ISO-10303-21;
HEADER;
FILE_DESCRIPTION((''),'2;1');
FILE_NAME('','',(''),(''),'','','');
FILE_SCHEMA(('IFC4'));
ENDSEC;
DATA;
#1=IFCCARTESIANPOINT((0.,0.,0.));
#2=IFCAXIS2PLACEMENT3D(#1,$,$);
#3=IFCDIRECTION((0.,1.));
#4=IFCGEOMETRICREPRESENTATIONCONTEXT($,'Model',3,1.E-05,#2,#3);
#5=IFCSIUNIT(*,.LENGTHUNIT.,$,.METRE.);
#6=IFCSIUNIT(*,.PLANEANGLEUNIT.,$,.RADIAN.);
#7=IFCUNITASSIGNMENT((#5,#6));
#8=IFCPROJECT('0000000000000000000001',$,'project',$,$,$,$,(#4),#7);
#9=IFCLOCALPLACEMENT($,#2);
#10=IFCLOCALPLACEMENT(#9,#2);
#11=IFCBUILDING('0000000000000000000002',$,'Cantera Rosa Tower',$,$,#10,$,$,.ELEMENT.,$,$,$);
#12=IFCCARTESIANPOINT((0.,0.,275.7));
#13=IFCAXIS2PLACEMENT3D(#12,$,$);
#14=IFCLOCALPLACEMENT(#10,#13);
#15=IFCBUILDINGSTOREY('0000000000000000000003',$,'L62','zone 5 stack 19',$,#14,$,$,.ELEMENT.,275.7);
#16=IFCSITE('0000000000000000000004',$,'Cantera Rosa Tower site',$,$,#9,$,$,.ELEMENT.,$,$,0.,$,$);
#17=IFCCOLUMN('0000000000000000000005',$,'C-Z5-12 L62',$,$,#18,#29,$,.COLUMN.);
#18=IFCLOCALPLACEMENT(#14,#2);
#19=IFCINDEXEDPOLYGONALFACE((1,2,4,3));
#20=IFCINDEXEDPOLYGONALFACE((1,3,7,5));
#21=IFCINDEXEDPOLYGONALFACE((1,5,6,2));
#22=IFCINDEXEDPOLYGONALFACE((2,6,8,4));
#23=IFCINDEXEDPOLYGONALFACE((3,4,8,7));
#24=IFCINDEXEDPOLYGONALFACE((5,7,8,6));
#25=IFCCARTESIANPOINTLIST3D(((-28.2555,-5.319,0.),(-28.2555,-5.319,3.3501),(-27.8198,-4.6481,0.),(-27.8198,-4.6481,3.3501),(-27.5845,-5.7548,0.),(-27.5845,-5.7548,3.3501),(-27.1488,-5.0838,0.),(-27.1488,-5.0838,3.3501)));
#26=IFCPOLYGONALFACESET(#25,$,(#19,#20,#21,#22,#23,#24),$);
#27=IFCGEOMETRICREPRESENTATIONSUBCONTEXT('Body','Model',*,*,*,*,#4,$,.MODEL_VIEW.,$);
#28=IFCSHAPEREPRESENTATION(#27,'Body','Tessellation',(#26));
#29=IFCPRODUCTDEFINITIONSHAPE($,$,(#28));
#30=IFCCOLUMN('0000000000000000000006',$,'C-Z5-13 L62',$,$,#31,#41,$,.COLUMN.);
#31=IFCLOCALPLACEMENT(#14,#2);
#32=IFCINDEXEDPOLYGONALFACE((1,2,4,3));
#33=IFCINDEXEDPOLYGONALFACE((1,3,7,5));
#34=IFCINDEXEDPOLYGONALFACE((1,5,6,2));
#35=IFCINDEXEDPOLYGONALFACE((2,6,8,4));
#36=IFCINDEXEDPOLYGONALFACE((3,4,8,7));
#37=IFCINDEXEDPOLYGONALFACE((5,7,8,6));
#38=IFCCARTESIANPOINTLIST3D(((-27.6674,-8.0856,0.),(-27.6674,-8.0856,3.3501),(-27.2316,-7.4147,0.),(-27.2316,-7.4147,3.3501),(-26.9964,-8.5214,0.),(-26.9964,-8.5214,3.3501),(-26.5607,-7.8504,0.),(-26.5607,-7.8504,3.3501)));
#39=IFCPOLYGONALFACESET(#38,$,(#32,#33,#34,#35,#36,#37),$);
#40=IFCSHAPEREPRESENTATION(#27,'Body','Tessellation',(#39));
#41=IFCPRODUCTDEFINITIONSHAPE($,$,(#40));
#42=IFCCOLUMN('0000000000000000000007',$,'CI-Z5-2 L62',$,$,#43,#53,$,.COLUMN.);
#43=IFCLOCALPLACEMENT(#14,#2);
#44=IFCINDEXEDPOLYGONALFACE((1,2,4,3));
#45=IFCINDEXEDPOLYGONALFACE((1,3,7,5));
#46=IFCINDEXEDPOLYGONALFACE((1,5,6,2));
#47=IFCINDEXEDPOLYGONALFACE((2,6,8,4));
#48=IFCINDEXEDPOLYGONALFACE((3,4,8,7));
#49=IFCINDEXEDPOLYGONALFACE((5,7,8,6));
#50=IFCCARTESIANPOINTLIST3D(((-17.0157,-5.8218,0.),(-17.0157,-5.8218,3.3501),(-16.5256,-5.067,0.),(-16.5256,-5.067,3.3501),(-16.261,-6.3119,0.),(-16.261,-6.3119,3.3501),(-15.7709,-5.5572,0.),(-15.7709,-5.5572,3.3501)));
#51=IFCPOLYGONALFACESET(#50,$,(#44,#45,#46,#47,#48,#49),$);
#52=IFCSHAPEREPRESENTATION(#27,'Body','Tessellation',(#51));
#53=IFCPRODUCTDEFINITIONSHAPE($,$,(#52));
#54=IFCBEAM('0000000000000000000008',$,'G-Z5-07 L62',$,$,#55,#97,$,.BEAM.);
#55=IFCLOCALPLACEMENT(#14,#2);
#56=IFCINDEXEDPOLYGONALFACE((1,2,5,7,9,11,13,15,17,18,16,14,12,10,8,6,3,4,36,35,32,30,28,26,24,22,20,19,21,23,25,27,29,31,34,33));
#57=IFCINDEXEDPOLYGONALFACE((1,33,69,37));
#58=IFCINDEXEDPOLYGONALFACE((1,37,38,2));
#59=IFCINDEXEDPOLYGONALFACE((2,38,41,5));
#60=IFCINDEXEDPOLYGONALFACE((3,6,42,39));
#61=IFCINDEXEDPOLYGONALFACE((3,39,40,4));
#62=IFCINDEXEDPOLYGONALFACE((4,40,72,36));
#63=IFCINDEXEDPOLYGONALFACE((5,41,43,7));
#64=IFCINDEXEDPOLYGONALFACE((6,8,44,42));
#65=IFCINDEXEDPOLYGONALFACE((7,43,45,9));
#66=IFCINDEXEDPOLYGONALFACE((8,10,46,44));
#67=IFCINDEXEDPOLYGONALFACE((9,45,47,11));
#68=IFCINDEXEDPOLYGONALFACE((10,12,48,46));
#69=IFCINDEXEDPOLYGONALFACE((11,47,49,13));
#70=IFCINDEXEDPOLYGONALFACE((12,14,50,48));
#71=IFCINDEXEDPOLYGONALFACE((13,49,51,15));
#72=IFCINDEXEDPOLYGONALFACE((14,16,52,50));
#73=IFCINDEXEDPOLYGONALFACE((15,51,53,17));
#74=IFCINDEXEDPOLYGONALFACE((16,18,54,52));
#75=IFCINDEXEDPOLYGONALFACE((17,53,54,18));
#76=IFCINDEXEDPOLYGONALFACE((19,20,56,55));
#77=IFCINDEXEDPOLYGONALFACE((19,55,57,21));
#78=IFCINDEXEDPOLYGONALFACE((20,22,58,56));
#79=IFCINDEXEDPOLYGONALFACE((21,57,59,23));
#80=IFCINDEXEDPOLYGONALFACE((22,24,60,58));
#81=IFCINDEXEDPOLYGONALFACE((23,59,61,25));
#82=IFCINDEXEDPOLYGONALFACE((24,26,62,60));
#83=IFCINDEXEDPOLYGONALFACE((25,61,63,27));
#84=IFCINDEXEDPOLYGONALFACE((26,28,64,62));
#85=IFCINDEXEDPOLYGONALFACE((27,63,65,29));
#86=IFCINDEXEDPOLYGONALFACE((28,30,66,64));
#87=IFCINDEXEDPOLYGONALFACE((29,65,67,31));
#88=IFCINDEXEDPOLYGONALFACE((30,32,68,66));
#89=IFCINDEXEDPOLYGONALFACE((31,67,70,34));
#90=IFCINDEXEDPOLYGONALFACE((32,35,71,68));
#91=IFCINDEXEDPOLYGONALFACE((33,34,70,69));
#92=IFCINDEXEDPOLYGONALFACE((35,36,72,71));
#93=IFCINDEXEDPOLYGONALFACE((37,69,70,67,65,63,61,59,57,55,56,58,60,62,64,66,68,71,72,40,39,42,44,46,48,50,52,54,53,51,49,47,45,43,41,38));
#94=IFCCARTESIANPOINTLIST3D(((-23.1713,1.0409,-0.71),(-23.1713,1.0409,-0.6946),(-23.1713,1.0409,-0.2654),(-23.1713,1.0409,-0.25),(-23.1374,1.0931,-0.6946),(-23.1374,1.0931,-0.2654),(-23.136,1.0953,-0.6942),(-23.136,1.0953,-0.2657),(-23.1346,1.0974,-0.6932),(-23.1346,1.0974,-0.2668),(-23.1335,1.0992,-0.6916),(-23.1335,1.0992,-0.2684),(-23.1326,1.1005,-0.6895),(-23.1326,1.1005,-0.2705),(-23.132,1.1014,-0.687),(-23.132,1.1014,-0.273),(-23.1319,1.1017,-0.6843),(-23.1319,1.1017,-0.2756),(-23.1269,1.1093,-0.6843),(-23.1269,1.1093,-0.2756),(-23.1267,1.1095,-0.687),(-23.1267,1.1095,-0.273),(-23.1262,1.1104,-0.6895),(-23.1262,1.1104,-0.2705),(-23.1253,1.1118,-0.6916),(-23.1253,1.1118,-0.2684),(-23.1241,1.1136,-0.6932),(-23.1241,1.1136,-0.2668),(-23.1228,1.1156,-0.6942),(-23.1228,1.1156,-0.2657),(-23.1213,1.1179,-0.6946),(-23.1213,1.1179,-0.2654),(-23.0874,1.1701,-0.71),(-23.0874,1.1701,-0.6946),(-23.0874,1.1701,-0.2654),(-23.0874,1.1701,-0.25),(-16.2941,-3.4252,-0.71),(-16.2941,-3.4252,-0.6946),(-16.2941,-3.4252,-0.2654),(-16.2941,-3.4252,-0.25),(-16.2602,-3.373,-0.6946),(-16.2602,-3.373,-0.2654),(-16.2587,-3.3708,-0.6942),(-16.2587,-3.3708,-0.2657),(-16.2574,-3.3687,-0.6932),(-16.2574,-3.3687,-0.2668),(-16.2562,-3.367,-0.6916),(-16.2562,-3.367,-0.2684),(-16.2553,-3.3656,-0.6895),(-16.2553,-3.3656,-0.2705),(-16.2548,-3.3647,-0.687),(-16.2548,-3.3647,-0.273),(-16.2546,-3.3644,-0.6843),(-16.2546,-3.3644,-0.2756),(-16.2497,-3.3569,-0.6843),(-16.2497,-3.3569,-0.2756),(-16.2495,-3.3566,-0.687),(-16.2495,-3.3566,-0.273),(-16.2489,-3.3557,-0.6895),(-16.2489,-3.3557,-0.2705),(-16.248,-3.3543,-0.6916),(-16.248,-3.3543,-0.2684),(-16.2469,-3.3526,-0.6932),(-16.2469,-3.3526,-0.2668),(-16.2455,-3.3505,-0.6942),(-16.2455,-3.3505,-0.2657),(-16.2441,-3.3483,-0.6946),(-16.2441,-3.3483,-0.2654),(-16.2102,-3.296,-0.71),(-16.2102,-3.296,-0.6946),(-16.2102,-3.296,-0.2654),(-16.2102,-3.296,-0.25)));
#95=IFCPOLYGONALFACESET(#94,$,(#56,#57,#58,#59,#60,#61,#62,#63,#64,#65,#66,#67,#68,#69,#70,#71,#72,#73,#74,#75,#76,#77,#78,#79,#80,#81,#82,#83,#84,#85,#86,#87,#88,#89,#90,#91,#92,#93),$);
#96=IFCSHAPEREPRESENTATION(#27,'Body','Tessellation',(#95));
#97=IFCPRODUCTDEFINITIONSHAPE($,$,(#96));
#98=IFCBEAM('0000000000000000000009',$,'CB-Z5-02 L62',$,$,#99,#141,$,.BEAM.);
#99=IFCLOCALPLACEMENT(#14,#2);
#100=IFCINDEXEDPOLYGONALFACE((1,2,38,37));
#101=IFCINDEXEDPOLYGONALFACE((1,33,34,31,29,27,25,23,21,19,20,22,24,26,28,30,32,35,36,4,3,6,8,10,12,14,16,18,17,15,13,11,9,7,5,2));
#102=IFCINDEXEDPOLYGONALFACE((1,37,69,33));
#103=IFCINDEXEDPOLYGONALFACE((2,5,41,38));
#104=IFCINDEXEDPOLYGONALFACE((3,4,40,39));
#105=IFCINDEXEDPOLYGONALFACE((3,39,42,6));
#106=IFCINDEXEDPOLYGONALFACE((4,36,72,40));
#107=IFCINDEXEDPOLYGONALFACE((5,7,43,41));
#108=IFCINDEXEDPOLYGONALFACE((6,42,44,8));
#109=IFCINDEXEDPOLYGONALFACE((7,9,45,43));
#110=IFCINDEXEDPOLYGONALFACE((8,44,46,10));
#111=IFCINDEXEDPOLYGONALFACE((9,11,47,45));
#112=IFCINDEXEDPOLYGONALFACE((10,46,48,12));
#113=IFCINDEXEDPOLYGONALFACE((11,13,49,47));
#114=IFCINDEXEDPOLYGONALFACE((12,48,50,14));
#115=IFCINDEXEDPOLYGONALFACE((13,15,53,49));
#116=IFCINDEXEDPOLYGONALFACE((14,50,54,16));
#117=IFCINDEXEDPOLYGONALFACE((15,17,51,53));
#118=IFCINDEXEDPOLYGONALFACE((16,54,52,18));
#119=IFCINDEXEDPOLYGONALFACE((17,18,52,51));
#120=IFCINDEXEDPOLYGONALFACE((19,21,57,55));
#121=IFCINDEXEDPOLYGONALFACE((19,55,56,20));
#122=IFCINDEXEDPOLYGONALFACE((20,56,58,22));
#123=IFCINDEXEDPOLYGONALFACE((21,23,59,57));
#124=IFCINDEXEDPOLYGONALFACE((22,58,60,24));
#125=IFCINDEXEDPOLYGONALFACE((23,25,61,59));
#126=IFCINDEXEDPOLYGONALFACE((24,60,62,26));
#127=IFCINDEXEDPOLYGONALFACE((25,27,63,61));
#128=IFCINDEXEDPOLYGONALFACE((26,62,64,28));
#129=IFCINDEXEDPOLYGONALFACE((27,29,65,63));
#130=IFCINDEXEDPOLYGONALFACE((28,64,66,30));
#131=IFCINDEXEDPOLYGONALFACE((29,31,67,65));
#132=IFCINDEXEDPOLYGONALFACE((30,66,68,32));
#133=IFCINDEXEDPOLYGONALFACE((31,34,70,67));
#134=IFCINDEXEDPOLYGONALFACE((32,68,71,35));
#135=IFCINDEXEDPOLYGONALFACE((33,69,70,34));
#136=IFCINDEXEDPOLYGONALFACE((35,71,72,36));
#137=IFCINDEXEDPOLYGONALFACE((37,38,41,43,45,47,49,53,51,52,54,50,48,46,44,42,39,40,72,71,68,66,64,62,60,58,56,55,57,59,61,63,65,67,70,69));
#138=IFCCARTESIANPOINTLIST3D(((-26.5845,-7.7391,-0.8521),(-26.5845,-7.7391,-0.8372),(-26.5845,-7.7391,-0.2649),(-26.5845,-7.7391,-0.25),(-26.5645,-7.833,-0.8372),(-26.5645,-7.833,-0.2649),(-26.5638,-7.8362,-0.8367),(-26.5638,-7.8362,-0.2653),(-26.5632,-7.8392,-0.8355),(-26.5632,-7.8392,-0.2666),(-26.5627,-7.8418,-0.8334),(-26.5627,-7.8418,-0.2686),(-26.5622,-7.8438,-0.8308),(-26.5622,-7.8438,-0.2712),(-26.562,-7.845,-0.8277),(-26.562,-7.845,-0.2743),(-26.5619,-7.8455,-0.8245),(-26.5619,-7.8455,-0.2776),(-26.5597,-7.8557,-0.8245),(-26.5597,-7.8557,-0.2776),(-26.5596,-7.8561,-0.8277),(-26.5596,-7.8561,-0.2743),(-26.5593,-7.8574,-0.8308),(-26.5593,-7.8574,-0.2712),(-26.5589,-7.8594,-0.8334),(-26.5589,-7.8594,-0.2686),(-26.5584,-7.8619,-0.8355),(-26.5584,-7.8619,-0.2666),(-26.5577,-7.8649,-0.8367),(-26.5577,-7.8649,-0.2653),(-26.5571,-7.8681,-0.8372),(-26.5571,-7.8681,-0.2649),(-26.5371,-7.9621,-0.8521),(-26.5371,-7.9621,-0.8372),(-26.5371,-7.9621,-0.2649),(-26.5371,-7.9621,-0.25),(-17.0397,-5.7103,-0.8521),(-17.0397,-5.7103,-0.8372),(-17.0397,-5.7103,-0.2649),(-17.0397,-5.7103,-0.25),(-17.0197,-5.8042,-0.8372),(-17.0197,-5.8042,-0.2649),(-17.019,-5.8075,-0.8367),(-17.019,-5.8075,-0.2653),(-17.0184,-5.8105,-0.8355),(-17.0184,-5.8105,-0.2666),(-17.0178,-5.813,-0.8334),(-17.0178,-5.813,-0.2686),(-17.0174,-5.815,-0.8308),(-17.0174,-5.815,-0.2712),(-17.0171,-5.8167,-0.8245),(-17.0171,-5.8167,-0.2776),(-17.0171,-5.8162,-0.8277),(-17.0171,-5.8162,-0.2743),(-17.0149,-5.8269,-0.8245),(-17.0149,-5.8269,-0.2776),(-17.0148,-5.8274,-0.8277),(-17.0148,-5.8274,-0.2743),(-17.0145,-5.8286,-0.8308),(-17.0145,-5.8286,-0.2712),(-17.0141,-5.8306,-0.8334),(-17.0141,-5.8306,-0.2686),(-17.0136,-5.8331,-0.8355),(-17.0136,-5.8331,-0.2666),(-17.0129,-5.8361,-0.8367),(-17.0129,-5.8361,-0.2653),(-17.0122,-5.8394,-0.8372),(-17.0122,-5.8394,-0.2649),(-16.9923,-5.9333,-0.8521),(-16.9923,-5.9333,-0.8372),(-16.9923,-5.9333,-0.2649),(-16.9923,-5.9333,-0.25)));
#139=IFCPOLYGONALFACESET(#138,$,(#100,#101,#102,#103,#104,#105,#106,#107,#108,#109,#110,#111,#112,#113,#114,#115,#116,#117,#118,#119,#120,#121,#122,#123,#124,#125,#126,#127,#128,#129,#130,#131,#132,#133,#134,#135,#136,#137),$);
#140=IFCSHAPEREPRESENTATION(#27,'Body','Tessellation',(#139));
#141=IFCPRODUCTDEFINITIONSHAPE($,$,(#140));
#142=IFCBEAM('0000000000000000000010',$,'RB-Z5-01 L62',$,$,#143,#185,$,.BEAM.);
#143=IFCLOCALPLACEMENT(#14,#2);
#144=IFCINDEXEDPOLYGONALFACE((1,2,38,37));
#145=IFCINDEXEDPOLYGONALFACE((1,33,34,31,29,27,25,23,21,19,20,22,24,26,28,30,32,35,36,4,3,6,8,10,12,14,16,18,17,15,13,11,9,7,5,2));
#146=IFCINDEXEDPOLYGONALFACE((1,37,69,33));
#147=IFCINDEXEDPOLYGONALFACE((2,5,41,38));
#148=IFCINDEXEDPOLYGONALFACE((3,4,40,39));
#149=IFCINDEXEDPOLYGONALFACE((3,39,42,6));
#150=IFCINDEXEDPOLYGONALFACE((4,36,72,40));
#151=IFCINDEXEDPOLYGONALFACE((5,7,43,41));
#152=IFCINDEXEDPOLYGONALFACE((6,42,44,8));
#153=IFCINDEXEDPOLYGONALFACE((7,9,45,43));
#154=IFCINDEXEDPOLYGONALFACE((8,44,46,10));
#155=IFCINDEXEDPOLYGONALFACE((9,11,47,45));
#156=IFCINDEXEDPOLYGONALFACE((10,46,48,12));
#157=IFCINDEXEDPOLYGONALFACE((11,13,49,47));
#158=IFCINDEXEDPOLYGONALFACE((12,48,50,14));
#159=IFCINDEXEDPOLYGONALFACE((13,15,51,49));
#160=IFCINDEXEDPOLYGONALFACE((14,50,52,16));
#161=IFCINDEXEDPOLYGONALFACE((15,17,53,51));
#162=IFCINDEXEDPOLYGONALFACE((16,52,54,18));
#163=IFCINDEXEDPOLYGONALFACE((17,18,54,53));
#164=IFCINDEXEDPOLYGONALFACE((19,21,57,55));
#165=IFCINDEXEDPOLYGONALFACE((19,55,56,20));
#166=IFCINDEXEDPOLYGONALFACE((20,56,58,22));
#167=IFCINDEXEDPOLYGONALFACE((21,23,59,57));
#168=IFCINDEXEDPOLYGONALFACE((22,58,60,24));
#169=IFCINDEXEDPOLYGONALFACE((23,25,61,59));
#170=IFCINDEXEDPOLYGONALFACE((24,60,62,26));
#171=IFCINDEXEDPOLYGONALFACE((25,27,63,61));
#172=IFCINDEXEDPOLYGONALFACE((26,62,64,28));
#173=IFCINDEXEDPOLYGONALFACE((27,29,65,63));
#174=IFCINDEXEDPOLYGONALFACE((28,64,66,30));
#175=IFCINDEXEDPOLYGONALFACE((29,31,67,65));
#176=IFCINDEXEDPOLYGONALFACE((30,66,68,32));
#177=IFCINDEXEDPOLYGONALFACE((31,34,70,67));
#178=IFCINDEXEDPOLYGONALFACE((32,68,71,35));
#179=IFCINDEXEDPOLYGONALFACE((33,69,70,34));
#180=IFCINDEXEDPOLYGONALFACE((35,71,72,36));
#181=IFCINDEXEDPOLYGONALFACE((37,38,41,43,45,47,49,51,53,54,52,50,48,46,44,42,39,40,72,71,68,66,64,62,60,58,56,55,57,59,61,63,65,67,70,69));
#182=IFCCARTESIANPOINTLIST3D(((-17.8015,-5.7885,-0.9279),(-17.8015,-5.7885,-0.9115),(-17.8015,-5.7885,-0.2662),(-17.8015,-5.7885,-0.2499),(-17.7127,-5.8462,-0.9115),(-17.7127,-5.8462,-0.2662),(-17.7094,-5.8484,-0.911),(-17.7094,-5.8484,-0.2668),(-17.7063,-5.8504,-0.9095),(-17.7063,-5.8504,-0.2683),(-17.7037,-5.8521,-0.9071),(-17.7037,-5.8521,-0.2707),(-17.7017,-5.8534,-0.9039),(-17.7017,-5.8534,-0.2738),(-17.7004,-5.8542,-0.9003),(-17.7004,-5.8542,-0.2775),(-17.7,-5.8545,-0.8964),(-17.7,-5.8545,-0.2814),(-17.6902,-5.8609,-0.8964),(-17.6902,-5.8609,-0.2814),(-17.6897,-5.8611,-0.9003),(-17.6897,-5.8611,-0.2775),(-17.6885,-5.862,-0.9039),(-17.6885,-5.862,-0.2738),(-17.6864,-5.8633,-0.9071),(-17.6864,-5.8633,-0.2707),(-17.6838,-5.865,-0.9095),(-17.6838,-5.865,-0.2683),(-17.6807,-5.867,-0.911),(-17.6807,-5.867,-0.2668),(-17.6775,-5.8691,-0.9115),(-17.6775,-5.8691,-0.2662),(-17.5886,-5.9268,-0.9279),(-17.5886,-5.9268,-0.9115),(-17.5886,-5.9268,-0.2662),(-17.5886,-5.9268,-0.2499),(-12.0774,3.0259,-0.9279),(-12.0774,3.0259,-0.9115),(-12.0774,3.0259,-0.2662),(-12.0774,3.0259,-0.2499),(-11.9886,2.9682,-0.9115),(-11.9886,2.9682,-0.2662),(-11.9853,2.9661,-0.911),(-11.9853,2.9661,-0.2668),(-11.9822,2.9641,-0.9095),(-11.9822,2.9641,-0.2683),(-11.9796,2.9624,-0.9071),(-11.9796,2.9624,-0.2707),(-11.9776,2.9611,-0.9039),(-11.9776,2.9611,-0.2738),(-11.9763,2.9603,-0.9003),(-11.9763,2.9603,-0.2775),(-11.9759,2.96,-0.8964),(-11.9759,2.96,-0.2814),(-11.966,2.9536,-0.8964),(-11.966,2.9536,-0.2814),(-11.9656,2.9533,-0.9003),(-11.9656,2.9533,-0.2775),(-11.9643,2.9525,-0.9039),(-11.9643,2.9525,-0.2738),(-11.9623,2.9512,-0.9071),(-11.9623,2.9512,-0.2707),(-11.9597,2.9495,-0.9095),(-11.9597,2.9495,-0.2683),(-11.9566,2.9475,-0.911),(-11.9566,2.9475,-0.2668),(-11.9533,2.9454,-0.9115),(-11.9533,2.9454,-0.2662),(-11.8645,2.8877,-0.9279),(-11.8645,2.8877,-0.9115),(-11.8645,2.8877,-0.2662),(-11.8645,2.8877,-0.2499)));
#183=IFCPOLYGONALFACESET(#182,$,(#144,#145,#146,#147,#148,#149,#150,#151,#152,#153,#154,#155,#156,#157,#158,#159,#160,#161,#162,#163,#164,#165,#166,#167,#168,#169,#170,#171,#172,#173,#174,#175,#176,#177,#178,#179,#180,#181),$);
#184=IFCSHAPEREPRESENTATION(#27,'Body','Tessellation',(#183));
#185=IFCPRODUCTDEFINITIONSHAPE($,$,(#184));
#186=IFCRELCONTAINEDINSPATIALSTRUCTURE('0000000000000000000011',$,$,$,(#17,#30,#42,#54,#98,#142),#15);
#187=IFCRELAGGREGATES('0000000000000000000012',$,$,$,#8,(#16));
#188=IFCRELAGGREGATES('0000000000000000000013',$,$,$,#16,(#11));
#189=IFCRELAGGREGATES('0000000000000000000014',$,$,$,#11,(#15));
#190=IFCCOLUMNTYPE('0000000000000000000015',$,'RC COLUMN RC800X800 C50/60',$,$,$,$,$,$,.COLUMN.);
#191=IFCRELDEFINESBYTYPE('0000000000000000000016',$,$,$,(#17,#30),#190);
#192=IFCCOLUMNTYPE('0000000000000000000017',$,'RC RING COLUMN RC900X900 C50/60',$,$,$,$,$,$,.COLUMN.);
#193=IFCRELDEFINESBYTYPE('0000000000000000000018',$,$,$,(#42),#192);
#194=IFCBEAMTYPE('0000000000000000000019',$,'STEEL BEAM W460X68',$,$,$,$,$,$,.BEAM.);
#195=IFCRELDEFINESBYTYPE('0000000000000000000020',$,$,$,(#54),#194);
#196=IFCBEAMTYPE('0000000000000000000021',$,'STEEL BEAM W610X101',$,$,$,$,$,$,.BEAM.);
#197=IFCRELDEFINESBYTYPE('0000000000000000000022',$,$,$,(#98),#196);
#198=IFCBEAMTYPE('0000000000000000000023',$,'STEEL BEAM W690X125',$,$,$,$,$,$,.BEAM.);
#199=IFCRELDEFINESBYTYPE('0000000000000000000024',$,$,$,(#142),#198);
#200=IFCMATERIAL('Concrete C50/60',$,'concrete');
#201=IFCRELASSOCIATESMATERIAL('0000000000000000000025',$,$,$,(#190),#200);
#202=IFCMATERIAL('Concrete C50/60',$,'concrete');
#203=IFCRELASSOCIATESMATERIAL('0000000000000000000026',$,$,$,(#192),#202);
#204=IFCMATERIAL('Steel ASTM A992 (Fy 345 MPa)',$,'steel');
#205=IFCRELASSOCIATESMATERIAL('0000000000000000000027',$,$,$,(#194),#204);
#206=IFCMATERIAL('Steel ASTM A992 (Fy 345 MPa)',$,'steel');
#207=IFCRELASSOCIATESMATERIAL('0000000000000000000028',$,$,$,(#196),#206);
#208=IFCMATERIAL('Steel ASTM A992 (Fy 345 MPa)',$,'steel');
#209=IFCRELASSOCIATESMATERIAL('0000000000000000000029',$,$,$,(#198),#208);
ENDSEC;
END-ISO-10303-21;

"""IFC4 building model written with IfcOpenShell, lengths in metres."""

from ifc_helpers import new_model, si_unit, direction, frame, origin, origin_2d, place, context, subcontext, project, spatial, rectangle, i_section, extrude, material, material_profile, profile_set, type_object, element, save


model = new_model("IFC4")

# Units and contexts
model_context = context("Model", 3, precision=1e-05, world=origin(), true_north=direction((0.0, 1.0)))
body_context = subcontext(model_context, "Body", "Model", "MODEL_VIEW")
ifc_project = project(units=[si_unit("LENGTHUNIT", "METRE"), si_unit("PLANEANGLEUNIT", "RADIAN")], contexts=[model_context])

# Site, building, storey
site_placement = place(None, origin())
site = spatial("IfcSite", under=ifc_project, at=site_placement, Name="Cantera Rosa Tower site", CompositionType="ELEMENT", RefElevation=0.0)
building_placement = place(site_placement, origin())
building = spatial("IfcBuilding", under=site, at=building_placement, Name="Cantera Rosa Tower", CompositionType="ELEMENT")
storey_placement = place(building_placement, frame((0.0, 0.0, 275.7)))
storey = spatial("IfcBuildingStorey", under=building, at=storey_placement, Name="L62", Description="zone 5 stack 19", CompositionType="ELEMENT", Elevation=275.7)

# Columns
ifc_material_1 = material(Name="Concrete C50/60", Category="concrete")
ifc_material_profile_1 = material_profile(ifc_material_1, rectangle(XDim=0.8, YDim=0.8, at=origin_2d()), Name="RC COLUMN RC800X800 C50/60")
ifc_profile_set_1 = profile_set([ifc_material_profile_1], Name="Concrete C50/60")
column_type_1 = type_object("IfcColumnType", Name="RC COLUMN RC800X800 C50/60", PredefinedType="COLUMN", material=ifc_profile_set_1)
for number, where, z_axis, x_axis, name in (
    (1, (-27.7021, -5.2014, 0.0), (0.0, 0.0, 1.0), (0.544639, 0.838671, 0.0), "C-Z5-12 L62"),
    (2, (-27.114, -7.968, 0.0), (0.0, 0.0, 1.0), (0.544639, 0.838671, 0.0), "C-Z5-13 L62"),
):
    element("IfcColumn", number, at=place(storey_placement, frame(where, z_axis=z_axis, x_axis=x_axis)), inside=storey, type_object=column_type_1, Name=name, PredefinedType="COLUMN", context=body_context, shape_type="SweptSolid", body=[
        extrude(rectangle(XDim=0.8, YDim=0.8, at=origin_2d()), origin(), (0.0, 0.0, 1.0), 3.3501),
    ])
ifc_material_2 = material(Name="Concrete C50/60", Category="concrete")
ifc_material_profile_2 = material_profile(ifc_material_2, rectangle(XDim=0.8999, YDim=0.8999, at=origin_2d()), Name="RC RING COLUMN RC900X900 C50/60")
ifc_profile_set_2 = profile_set([ifc_material_profile_2], Name="Concrete C50/60")
column_type_2 = type_object("IfcColumnType", Name="RC RING COLUMN RC900X900 C50/60", PredefinedType="COLUMN", material=ifc_profile_set_2)
column_placement = place(storey_placement, frame((-16.3933, -5.6895, 0.0), z_axis=(0.0, 0.0, 1.0), x_axis=(0.544639, 0.838671, 0.0)))
element("IfcColumn", 3, at=column_placement, inside=storey, type_object=column_type_2, Name="CI-Z5-2 L62", PredefinedType="COLUMN", context=body_context, shape_type="SweptSolid", body=[
    extrude(rectangle(XDim=0.8999, YDim=0.8999, at=origin_2d()), origin(), (0.0, 0.0, 1.0), 3.3501),
])

# Beams
ifc_material_3 = material(Name="Steel ASTM A992 (Fy 345 MPa)", Category="steel")
ifc_material_profile_3 = material_profile(ifc_material_3, i_section(OverallWidth=0.1541, OverallDepth=0.46, WebThickness=0.009, FlangeThickness=0.0154, FilletRadius=0.0103, at=origin_2d()), Name="W460X68")
ifc_profile_set_3 = profile_set([ifc_material_profile_3], Name="Steel ASTM A992 (Fy 345 MPa)")
beam_type_1 = type_object("IfcBeamType", Name="STEEL BEAM W460X68", PredefinedType="BEAM", material=ifc_profile_set_3)
beam_1_placement = place(storey_placement, frame((-23.1294, 1.1055, -0.48), z_axis=(0.838673, -0.544636, 0.0), x_axis=(0.544636, 0.838673, 0.0)))
element("IfcBeam", 4, at=beam_1_placement, inside=storey, type_object=beam_type_1, Name="G-Z5-07 L62", PredefinedType="BEAM", context=body_context, shape_type="SweptSolid", body=[
    extrude(i_section(OverallWidth=0.1541, OverallDepth=0.46, WebThickness=0.009, FlangeThickness=0.0154, FilletRadius=0.0103, at=origin_2d()), origin(), (0.0, 0.0, 1.0), 8.2002),
])
ifc_material_4 = material(Name="Steel ASTM A992 (Fy 345 MPa)", Category="steel")
ifc_material_profile_4 = material_profile(ifc_material_4, i_section(OverallWidth=0.228, OverallDepth=0.6021, WebThickness=0.0105, FlangeThickness=0.0149, FilletRadius=0.0127, at=origin_2d()), Name="W610X101")
ifc_profile_set_4 = profile_set([ifc_material_profile_4], Name="Steel ASTM A992 (Fy 345 MPa)")
beam_type_2 = type_object("IfcBeamType", Name="STEEL BEAM W610X101", PredefinedType="BEAM", material=ifc_profile_set_4)
beam_2_placement = place(storey_placement, frame((-26.5608, -7.8506, -0.551), z_axis=(0.978148, 0.207909, 0.0), x_axis=(-0.207909, 0.978148, 0.0)))
element("IfcBeam", 5, at=beam_2_placement, inside=storey, type_object=beam_type_2, Name="CB-Z5-02 L62", PredefinedType="BEAM", context=body_context, shape_type="SweptSolid", body=[
    extrude(i_section(OverallWidth=0.228, OverallDepth=0.6021, WebThickness=0.0105, FlangeThickness=0.0149, FilletRadius=0.0127, at=origin_2d()), origin(), (0.0, 0.0, 1.0), 9.7581),
])
ifc_material_5 = material(Name="Steel ASTM A992 (Fy 345 MPa)", Category="steel")
ifc_material_profile_5 = material_profile(ifc_material_5, i_section(OverallWidth=0.2539, OverallDepth=0.678, WebThickness=0.0117, FlangeThickness=0.0164, FilletRadius=0.0151, at=origin_2d()), Name="W690X125")
ifc_profile_set_5 = profile_set([ifc_material_profile_5], Name="Steel ASTM A992 (Fy 345 MPa)")
beam_type_3 = type_object("IfcBeamType", Name="STEEL BEAM W690X125", PredefinedType="BEAM", material=ifc_profile_set_5)
beam_3_placement = place(storey_placement, frame((-17.6951, -5.8577, -0.5889), z_axis=(0.544636, 0.838673, 0.0), x_axis=(-0.838673, 0.544636, 0.0)))
element("IfcBeam", 6, at=beam_3_placement, inside=storey, type_object=beam_type_3, Name="RB-Z5-01 L62", PredefinedType="BEAM", context=body_context, shape_type="SweptSolid", body=[
    extrude(i_section(OverallWidth=0.2539, OverallDepth=0.678, WebThickness=0.0117, FlangeThickness=0.0164, FilletRadius=0.0151, at=origin_2d()), origin(), (0.0, 0.0, 1.0), 10.51),
])

save(model, "model.ifc")
